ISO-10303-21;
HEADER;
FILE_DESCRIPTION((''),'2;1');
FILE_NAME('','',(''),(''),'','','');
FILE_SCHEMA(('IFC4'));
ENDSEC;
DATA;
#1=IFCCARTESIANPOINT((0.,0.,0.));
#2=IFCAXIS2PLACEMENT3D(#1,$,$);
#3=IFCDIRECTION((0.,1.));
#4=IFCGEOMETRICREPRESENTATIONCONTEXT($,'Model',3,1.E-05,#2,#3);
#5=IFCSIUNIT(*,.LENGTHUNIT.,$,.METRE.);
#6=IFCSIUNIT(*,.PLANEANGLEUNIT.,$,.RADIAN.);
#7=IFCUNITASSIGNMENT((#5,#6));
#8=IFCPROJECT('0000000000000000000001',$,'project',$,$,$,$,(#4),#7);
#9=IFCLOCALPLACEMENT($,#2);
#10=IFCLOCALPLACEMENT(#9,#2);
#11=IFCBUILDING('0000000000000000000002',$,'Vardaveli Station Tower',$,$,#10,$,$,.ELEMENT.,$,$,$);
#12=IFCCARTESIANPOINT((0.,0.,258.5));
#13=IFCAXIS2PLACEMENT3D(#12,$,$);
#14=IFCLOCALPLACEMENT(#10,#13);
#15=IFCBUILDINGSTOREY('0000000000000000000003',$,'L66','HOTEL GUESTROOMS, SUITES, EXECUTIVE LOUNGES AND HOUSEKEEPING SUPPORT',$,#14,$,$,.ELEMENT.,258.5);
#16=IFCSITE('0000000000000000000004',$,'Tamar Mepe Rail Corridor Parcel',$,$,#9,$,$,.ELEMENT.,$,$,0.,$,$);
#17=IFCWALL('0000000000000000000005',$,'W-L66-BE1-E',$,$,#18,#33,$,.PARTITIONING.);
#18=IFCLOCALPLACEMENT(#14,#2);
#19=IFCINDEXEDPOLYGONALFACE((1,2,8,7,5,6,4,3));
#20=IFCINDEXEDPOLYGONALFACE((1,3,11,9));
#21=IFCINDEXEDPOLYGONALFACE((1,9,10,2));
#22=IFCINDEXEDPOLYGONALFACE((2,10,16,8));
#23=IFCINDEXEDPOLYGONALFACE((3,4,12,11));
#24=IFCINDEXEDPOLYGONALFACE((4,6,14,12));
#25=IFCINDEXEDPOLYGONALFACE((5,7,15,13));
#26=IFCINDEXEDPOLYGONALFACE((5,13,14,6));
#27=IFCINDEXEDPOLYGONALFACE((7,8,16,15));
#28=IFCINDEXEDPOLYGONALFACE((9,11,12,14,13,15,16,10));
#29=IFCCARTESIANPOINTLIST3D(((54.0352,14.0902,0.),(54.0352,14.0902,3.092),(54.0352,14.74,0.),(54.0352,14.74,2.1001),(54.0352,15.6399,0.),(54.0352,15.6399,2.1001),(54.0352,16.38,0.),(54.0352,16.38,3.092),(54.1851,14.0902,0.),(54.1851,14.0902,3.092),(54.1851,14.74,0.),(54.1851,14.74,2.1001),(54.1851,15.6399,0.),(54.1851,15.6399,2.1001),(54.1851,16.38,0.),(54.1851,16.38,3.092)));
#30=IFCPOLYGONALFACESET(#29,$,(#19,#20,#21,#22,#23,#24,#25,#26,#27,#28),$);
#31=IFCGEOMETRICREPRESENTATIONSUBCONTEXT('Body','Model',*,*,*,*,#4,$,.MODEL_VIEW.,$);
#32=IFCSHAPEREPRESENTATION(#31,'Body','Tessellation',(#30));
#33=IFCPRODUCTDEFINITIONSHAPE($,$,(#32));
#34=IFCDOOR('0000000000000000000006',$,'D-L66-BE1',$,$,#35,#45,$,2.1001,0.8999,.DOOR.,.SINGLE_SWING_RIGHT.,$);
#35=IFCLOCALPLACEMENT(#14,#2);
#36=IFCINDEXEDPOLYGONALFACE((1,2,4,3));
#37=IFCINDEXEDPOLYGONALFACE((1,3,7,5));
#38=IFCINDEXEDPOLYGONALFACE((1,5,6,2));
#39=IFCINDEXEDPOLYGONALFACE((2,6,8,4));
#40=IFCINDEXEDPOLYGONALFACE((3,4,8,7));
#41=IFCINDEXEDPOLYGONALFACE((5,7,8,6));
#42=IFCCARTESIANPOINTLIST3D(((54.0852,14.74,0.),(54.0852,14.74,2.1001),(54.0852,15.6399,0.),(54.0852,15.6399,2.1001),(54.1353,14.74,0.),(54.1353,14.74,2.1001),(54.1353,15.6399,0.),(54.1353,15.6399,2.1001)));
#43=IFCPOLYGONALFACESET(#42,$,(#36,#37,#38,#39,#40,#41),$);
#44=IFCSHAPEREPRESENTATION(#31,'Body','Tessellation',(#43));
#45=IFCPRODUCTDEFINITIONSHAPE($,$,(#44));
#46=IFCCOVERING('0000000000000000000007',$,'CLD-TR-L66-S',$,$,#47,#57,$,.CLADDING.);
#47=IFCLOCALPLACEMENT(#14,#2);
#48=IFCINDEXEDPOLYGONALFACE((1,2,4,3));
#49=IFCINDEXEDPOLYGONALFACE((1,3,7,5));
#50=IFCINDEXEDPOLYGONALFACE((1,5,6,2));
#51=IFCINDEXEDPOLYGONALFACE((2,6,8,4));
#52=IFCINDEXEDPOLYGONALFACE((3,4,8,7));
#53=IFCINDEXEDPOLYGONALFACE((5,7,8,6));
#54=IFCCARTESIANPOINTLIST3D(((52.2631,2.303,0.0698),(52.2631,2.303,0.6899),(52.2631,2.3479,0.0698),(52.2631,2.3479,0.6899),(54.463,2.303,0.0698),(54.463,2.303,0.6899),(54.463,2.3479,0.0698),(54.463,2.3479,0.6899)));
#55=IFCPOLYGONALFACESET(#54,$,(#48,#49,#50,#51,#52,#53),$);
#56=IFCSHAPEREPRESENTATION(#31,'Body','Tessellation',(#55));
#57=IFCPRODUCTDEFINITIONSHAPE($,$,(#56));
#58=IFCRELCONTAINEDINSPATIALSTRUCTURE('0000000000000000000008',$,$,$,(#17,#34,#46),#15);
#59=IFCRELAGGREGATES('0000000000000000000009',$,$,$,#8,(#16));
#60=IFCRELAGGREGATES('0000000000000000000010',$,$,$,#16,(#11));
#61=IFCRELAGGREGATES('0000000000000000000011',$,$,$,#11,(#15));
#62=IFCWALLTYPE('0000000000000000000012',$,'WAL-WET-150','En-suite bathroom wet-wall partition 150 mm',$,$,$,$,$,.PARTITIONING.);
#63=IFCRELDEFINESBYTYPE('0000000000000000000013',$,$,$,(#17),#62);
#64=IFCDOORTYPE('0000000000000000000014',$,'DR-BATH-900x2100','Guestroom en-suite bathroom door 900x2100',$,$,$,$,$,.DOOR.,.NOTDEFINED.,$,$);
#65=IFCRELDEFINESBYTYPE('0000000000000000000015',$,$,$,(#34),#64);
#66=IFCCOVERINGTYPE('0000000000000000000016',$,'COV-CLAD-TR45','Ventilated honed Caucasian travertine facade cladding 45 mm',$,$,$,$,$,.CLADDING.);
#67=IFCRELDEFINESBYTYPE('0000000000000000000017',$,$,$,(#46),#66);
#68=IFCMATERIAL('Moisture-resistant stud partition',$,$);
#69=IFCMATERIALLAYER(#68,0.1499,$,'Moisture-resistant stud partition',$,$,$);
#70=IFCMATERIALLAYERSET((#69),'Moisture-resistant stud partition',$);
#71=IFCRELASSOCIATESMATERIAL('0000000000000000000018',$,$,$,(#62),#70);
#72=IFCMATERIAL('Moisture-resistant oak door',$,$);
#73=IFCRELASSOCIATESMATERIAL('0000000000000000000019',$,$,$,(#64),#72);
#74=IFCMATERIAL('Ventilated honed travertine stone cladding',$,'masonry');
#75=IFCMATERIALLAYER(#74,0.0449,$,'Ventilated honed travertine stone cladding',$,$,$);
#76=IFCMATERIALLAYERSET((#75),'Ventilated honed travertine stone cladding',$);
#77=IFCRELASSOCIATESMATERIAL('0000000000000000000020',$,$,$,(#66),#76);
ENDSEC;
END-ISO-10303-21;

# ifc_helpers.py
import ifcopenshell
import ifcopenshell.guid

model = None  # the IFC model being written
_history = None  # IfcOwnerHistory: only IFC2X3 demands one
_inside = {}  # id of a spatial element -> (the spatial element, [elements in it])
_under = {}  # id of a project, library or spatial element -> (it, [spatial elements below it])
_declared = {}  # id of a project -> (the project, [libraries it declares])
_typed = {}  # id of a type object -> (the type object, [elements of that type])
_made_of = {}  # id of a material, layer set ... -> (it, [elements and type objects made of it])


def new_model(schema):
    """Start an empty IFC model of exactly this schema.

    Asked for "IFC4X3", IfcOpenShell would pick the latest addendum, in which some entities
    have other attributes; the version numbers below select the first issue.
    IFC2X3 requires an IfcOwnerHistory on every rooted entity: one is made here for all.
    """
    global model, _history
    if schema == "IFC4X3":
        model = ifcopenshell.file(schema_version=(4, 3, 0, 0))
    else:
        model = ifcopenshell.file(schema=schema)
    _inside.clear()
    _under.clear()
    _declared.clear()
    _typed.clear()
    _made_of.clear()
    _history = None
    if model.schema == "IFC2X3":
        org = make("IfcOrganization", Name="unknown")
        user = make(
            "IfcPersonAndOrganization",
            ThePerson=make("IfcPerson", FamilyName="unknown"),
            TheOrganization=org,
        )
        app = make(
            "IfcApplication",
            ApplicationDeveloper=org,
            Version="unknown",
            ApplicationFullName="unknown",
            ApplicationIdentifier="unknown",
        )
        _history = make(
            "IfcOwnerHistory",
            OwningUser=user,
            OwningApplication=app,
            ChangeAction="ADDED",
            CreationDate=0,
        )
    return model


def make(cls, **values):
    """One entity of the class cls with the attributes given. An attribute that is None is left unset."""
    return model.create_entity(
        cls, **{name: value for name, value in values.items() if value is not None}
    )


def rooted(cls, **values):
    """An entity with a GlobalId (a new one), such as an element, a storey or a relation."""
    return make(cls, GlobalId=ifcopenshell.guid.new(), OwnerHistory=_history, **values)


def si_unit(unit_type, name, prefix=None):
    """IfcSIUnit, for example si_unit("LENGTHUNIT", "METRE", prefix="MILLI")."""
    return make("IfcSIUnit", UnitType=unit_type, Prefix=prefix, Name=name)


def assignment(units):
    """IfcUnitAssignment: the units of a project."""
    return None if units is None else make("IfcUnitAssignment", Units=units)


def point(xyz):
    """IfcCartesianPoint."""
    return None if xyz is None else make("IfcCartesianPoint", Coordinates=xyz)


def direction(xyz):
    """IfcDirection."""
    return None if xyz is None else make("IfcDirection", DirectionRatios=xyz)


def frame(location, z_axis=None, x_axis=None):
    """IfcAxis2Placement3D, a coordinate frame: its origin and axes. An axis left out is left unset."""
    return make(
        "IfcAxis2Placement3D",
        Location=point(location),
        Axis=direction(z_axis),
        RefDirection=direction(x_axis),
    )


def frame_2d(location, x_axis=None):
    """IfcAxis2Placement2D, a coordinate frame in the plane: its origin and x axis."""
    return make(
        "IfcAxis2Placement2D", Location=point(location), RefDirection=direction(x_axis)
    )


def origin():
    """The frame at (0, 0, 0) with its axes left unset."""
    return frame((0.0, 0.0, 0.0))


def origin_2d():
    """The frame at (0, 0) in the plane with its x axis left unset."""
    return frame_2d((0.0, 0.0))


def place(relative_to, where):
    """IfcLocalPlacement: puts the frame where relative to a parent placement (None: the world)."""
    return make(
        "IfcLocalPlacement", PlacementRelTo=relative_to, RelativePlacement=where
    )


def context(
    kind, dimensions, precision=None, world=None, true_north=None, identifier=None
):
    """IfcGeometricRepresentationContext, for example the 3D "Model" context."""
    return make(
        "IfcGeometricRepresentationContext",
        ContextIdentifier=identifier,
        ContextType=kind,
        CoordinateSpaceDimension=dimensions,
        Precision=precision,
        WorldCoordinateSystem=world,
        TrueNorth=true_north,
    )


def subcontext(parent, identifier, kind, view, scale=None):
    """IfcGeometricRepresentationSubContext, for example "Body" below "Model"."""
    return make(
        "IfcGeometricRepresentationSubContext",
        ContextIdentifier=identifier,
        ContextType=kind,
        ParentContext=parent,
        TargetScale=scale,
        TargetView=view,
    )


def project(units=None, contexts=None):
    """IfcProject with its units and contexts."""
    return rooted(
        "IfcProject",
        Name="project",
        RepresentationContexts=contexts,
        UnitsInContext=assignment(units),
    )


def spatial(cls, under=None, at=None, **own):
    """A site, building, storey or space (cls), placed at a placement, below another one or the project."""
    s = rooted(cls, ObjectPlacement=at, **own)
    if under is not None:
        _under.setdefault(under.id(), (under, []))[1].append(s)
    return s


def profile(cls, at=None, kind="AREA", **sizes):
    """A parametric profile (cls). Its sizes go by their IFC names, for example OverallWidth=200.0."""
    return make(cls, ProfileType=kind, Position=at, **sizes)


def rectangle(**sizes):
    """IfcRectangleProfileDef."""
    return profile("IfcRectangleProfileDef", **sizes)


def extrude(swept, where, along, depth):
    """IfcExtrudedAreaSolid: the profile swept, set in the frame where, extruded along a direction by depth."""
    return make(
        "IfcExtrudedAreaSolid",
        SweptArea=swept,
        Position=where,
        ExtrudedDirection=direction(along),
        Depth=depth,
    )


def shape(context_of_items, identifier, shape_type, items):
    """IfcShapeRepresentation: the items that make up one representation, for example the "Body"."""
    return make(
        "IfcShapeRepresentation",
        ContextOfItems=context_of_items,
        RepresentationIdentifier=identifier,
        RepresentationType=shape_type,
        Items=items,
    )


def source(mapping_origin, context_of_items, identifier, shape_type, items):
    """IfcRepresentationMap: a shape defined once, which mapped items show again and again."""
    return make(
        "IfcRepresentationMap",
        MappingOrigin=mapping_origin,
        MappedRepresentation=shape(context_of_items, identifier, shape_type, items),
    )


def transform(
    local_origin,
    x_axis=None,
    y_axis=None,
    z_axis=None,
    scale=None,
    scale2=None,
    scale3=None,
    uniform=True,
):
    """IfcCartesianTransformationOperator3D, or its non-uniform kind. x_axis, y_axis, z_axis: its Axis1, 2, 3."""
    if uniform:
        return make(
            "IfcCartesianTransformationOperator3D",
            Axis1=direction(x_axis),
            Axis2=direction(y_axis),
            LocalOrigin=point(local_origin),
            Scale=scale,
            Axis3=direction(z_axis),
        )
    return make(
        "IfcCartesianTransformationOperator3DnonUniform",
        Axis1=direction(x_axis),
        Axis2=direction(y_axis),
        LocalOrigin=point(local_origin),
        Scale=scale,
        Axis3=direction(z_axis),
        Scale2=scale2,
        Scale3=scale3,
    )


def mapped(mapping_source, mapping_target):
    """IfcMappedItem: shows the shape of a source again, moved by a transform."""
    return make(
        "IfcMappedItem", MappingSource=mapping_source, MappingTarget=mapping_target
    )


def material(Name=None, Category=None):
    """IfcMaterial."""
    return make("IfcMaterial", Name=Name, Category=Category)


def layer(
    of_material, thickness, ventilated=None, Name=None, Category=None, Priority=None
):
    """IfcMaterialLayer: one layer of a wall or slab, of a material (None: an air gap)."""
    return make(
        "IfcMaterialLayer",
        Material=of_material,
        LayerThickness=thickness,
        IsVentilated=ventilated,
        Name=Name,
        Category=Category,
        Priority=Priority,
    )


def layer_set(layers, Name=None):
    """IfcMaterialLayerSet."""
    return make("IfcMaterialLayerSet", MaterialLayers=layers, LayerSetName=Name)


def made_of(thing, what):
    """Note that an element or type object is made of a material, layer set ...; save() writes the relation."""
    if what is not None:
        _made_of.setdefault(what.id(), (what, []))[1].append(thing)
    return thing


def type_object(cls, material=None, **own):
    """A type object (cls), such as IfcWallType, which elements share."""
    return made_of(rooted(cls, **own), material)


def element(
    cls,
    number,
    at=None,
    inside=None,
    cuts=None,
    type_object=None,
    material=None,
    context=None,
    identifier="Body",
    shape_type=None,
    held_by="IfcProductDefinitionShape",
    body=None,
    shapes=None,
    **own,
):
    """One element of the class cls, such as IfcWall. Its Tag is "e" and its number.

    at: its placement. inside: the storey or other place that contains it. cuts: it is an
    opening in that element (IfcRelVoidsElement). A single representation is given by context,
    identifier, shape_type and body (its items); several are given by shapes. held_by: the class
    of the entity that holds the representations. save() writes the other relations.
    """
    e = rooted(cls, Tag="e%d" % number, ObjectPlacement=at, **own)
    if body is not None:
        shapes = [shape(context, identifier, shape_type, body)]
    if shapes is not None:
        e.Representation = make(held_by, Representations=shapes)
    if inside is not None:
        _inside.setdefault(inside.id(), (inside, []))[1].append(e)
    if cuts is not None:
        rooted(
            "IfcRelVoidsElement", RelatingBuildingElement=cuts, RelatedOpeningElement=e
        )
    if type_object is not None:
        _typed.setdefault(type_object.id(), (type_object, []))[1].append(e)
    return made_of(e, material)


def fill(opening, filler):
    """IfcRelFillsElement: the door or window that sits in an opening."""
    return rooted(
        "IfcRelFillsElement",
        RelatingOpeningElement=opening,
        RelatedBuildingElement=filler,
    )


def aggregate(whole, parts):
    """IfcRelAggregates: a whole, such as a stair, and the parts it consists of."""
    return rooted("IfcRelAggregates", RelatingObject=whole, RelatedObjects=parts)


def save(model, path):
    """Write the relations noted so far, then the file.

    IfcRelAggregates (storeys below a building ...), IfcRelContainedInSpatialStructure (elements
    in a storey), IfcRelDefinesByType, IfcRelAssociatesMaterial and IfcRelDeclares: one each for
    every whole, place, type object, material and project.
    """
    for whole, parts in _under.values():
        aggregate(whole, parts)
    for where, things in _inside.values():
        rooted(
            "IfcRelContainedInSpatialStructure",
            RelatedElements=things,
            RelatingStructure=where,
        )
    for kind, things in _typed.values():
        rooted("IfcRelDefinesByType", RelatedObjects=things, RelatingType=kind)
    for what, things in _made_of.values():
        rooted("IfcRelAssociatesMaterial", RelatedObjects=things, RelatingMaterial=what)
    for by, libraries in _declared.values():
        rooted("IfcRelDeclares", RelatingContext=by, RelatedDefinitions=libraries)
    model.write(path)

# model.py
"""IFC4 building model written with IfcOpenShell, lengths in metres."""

from ifc_helpers import new_model, si_unit, direction, frame, frame_2d, origin, origin_2d, place, context, subcontext, project, spatial, rectangle, extrude, source, transform, mapped, material, layer, layer_set, type_object, element, fill, save


model = new_model("IFC4")

# Units and contexts
model_context = context("Model", 3, precision=1e-05, world=origin(), true_north=direction((0.0, 1.0)))
body_context = subcontext(model_context, "Body", "Model", "MODEL_VIEW")
ifc_project = project(units=[si_unit("LENGTHUNIT", "METRE"), si_unit("PLANEANGLEUNIT", "RADIAN")], contexts=[model_context])

# Site, building, storey
site_placement = place(None, origin())
site = spatial("IfcSite", under=ifc_project, at=site_placement, Name="Tamar Mepe Rail Corridor Parcel", CompositionType="ELEMENT", RefElevation=0.0)
building_placement = place(site_placement, origin())
building = spatial("IfcBuilding", under=site, at=building_placement, Name="Vardaveli Station Tower", CompositionType="ELEMENT")
storey_placement = place(building_placement, frame((0.0, 0.0, 258.5)))
storey = spatial("IfcBuildingStorey", under=building, at=storey_placement, Name="L66", Description="HOTEL GUESTROOMS, SUITES, EXECUTIVE LOUNGES AND HOUSEKEEPING SUPPORT", CompositionType="ELEMENT", Elevation=258.5)

# Wall, opening, door
ifc_material_1 = material(Name="Moisture-resistant stud partition")
ifc_layer_1 = layer(ifc_material_1, 0.1499, Name="Moisture-resistant stud partition")
ifc_layer_set_1 = layer_set([ifc_layer_1], Name="Moisture-resistant stud partition")
wall_type_1 = type_object("IfcWallType", Name="WAL-WET-150", Description="En-suite bathroom wet-wall partition 150 mm", PredefinedType="PARTITIONING", material=ifc_layer_set_1)
shared_shape_1 = source(origin(), body_context, "Body", "SweptSolid", [
    extrude(rectangle(XDim=2.2898, YDim=0.1499, at=frame_2d((1.145, 0.0))), origin(), (0.0, 0.0, 1.0), 3.092),
])
wall_1_placement = place(storey_placement, frame((54.1101, 14.0901, 0.0), z_axis=(0.0, 0.0, 1.0), x_axis=(0.0, 1.0, 0.0)))
wall_1 = element("IfcWall", 1, at=wall_1_placement, inside=storey, type_object=wall_type_1, Name="W-L66-BE1-E", PredefinedType="PARTITIONING", context=body_context, shape_type="MappedRepresentation", body=[
    mapped(shared_shape_1, transform((0.0, 0.0, 0.0), scale=1.0)),
])
shared_shape_2 = source(origin(), body_context, "Body", "SweptSolid", [
    extrude(rectangle(XDim=0.8999, YDim=2.1001, at=frame_2d((0.45, 1.05))), frame((0.0, 0.085, 0.0), z_axis=(0.0, -1.0, 0.0), x_axis=(1.0, 0.0, 0.0)), (0.0, 0.0, 1.0), 0.1699),
])
opening_1_placement = place(wall_1_placement, frame((0.6499, 0.0, 0.0)))
opening_1 = element("IfcOpeningElement", 2, at=opening_1_placement, cuts=wall_1, PredefinedType="OPENING", context=body_context, shape_type="MappedRepresentation", body=[
    mapped(shared_shape_2, transform((0.0, 0.0, 0.0), scale=1.0)),
])
ifc_material_2 = material(Name="Moisture-resistant oak door")
door_type_1 = type_object("IfcDoorType", Name="DR-BATH-900x2100", Description="Guestroom en-suite bathroom door 900x2100", OperationType="NOTDEFINED", PredefinedType="DOOR", material=ifc_material_2)
shared_shape_3 = source(origin(), body_context, "Body", "SweptSolid", [
    extrude(rectangle(XDim=0.8999, YDim=2.1001, at=frame_2d((0.45, 1.05))), frame((0.0, 0.0249, 0.0), z_axis=(0.0, -1.0, 0.0), x_axis=(1.0, 0.0, 0.0)), (0.0, 0.0, 1.0), 0.05),
])
door_1_placement = place(opening_1_placement, origin())
door_1 = element("IfcDoor", 3, at=door_1_placement, inside=storey, type_object=door_type_1, Name="D-L66-BE1", OperationType="SINGLE_SWING_RIGHT", OverallHeight=2.1001, OverallWidth=0.8999, PredefinedType="DOOR", context=body_context, shape_type="MappedRepresentation", body=[
    mapped(shared_shape_3, transform((0.0, 0.0, 0.0), scale=1.0)),
])
fill(opening_1, door_1)

# Covering
ifc_material_3 = material(Name="Ventilated honed travertine stone cladding", Category="masonry")
ifc_layer_2 = layer(ifc_material_3, 0.0449, Name="Ventilated honed travertine stone cladding")
ifc_layer_set_2 = layer_set([ifc_layer_2], Name="Ventilated honed travertine stone cladding")
covering_type = type_object("IfcCoveringType", Name="COV-CLAD-TR45", Description="Ventilated honed Caucasian travertine facade cladding 45 mm", PredefinedType="CLADDING", material=ifc_layer_set_2)
shared_shape_4 = source(origin(), body_context, "Body", "SweptSolid", [
    extrude(rectangle(XDim=2.2, YDim=0.0449, at=origin_2d()), origin(), (0.0, 0.0, 1.0), 0.6201),
])
covering_placement = place(storey_placement, frame((53.363, 2.3254, 0.0698), z_axis=(0.0, 0.0, 1.0), x_axis=(1.0, 0.0, 0.0)))
element("IfcCovering", 4, at=covering_placement, inside=storey, type_object=covering_type, Name="CLD-TR-L66-S", PredefinedType="CLADDING", context=body_context, shape_type="MappedRepresentation", body=[
    mapped(shared_shape_4, transform((0.0, 0.0, 0.0), scale=1.0)),
])

save(model, "model.ifc")
